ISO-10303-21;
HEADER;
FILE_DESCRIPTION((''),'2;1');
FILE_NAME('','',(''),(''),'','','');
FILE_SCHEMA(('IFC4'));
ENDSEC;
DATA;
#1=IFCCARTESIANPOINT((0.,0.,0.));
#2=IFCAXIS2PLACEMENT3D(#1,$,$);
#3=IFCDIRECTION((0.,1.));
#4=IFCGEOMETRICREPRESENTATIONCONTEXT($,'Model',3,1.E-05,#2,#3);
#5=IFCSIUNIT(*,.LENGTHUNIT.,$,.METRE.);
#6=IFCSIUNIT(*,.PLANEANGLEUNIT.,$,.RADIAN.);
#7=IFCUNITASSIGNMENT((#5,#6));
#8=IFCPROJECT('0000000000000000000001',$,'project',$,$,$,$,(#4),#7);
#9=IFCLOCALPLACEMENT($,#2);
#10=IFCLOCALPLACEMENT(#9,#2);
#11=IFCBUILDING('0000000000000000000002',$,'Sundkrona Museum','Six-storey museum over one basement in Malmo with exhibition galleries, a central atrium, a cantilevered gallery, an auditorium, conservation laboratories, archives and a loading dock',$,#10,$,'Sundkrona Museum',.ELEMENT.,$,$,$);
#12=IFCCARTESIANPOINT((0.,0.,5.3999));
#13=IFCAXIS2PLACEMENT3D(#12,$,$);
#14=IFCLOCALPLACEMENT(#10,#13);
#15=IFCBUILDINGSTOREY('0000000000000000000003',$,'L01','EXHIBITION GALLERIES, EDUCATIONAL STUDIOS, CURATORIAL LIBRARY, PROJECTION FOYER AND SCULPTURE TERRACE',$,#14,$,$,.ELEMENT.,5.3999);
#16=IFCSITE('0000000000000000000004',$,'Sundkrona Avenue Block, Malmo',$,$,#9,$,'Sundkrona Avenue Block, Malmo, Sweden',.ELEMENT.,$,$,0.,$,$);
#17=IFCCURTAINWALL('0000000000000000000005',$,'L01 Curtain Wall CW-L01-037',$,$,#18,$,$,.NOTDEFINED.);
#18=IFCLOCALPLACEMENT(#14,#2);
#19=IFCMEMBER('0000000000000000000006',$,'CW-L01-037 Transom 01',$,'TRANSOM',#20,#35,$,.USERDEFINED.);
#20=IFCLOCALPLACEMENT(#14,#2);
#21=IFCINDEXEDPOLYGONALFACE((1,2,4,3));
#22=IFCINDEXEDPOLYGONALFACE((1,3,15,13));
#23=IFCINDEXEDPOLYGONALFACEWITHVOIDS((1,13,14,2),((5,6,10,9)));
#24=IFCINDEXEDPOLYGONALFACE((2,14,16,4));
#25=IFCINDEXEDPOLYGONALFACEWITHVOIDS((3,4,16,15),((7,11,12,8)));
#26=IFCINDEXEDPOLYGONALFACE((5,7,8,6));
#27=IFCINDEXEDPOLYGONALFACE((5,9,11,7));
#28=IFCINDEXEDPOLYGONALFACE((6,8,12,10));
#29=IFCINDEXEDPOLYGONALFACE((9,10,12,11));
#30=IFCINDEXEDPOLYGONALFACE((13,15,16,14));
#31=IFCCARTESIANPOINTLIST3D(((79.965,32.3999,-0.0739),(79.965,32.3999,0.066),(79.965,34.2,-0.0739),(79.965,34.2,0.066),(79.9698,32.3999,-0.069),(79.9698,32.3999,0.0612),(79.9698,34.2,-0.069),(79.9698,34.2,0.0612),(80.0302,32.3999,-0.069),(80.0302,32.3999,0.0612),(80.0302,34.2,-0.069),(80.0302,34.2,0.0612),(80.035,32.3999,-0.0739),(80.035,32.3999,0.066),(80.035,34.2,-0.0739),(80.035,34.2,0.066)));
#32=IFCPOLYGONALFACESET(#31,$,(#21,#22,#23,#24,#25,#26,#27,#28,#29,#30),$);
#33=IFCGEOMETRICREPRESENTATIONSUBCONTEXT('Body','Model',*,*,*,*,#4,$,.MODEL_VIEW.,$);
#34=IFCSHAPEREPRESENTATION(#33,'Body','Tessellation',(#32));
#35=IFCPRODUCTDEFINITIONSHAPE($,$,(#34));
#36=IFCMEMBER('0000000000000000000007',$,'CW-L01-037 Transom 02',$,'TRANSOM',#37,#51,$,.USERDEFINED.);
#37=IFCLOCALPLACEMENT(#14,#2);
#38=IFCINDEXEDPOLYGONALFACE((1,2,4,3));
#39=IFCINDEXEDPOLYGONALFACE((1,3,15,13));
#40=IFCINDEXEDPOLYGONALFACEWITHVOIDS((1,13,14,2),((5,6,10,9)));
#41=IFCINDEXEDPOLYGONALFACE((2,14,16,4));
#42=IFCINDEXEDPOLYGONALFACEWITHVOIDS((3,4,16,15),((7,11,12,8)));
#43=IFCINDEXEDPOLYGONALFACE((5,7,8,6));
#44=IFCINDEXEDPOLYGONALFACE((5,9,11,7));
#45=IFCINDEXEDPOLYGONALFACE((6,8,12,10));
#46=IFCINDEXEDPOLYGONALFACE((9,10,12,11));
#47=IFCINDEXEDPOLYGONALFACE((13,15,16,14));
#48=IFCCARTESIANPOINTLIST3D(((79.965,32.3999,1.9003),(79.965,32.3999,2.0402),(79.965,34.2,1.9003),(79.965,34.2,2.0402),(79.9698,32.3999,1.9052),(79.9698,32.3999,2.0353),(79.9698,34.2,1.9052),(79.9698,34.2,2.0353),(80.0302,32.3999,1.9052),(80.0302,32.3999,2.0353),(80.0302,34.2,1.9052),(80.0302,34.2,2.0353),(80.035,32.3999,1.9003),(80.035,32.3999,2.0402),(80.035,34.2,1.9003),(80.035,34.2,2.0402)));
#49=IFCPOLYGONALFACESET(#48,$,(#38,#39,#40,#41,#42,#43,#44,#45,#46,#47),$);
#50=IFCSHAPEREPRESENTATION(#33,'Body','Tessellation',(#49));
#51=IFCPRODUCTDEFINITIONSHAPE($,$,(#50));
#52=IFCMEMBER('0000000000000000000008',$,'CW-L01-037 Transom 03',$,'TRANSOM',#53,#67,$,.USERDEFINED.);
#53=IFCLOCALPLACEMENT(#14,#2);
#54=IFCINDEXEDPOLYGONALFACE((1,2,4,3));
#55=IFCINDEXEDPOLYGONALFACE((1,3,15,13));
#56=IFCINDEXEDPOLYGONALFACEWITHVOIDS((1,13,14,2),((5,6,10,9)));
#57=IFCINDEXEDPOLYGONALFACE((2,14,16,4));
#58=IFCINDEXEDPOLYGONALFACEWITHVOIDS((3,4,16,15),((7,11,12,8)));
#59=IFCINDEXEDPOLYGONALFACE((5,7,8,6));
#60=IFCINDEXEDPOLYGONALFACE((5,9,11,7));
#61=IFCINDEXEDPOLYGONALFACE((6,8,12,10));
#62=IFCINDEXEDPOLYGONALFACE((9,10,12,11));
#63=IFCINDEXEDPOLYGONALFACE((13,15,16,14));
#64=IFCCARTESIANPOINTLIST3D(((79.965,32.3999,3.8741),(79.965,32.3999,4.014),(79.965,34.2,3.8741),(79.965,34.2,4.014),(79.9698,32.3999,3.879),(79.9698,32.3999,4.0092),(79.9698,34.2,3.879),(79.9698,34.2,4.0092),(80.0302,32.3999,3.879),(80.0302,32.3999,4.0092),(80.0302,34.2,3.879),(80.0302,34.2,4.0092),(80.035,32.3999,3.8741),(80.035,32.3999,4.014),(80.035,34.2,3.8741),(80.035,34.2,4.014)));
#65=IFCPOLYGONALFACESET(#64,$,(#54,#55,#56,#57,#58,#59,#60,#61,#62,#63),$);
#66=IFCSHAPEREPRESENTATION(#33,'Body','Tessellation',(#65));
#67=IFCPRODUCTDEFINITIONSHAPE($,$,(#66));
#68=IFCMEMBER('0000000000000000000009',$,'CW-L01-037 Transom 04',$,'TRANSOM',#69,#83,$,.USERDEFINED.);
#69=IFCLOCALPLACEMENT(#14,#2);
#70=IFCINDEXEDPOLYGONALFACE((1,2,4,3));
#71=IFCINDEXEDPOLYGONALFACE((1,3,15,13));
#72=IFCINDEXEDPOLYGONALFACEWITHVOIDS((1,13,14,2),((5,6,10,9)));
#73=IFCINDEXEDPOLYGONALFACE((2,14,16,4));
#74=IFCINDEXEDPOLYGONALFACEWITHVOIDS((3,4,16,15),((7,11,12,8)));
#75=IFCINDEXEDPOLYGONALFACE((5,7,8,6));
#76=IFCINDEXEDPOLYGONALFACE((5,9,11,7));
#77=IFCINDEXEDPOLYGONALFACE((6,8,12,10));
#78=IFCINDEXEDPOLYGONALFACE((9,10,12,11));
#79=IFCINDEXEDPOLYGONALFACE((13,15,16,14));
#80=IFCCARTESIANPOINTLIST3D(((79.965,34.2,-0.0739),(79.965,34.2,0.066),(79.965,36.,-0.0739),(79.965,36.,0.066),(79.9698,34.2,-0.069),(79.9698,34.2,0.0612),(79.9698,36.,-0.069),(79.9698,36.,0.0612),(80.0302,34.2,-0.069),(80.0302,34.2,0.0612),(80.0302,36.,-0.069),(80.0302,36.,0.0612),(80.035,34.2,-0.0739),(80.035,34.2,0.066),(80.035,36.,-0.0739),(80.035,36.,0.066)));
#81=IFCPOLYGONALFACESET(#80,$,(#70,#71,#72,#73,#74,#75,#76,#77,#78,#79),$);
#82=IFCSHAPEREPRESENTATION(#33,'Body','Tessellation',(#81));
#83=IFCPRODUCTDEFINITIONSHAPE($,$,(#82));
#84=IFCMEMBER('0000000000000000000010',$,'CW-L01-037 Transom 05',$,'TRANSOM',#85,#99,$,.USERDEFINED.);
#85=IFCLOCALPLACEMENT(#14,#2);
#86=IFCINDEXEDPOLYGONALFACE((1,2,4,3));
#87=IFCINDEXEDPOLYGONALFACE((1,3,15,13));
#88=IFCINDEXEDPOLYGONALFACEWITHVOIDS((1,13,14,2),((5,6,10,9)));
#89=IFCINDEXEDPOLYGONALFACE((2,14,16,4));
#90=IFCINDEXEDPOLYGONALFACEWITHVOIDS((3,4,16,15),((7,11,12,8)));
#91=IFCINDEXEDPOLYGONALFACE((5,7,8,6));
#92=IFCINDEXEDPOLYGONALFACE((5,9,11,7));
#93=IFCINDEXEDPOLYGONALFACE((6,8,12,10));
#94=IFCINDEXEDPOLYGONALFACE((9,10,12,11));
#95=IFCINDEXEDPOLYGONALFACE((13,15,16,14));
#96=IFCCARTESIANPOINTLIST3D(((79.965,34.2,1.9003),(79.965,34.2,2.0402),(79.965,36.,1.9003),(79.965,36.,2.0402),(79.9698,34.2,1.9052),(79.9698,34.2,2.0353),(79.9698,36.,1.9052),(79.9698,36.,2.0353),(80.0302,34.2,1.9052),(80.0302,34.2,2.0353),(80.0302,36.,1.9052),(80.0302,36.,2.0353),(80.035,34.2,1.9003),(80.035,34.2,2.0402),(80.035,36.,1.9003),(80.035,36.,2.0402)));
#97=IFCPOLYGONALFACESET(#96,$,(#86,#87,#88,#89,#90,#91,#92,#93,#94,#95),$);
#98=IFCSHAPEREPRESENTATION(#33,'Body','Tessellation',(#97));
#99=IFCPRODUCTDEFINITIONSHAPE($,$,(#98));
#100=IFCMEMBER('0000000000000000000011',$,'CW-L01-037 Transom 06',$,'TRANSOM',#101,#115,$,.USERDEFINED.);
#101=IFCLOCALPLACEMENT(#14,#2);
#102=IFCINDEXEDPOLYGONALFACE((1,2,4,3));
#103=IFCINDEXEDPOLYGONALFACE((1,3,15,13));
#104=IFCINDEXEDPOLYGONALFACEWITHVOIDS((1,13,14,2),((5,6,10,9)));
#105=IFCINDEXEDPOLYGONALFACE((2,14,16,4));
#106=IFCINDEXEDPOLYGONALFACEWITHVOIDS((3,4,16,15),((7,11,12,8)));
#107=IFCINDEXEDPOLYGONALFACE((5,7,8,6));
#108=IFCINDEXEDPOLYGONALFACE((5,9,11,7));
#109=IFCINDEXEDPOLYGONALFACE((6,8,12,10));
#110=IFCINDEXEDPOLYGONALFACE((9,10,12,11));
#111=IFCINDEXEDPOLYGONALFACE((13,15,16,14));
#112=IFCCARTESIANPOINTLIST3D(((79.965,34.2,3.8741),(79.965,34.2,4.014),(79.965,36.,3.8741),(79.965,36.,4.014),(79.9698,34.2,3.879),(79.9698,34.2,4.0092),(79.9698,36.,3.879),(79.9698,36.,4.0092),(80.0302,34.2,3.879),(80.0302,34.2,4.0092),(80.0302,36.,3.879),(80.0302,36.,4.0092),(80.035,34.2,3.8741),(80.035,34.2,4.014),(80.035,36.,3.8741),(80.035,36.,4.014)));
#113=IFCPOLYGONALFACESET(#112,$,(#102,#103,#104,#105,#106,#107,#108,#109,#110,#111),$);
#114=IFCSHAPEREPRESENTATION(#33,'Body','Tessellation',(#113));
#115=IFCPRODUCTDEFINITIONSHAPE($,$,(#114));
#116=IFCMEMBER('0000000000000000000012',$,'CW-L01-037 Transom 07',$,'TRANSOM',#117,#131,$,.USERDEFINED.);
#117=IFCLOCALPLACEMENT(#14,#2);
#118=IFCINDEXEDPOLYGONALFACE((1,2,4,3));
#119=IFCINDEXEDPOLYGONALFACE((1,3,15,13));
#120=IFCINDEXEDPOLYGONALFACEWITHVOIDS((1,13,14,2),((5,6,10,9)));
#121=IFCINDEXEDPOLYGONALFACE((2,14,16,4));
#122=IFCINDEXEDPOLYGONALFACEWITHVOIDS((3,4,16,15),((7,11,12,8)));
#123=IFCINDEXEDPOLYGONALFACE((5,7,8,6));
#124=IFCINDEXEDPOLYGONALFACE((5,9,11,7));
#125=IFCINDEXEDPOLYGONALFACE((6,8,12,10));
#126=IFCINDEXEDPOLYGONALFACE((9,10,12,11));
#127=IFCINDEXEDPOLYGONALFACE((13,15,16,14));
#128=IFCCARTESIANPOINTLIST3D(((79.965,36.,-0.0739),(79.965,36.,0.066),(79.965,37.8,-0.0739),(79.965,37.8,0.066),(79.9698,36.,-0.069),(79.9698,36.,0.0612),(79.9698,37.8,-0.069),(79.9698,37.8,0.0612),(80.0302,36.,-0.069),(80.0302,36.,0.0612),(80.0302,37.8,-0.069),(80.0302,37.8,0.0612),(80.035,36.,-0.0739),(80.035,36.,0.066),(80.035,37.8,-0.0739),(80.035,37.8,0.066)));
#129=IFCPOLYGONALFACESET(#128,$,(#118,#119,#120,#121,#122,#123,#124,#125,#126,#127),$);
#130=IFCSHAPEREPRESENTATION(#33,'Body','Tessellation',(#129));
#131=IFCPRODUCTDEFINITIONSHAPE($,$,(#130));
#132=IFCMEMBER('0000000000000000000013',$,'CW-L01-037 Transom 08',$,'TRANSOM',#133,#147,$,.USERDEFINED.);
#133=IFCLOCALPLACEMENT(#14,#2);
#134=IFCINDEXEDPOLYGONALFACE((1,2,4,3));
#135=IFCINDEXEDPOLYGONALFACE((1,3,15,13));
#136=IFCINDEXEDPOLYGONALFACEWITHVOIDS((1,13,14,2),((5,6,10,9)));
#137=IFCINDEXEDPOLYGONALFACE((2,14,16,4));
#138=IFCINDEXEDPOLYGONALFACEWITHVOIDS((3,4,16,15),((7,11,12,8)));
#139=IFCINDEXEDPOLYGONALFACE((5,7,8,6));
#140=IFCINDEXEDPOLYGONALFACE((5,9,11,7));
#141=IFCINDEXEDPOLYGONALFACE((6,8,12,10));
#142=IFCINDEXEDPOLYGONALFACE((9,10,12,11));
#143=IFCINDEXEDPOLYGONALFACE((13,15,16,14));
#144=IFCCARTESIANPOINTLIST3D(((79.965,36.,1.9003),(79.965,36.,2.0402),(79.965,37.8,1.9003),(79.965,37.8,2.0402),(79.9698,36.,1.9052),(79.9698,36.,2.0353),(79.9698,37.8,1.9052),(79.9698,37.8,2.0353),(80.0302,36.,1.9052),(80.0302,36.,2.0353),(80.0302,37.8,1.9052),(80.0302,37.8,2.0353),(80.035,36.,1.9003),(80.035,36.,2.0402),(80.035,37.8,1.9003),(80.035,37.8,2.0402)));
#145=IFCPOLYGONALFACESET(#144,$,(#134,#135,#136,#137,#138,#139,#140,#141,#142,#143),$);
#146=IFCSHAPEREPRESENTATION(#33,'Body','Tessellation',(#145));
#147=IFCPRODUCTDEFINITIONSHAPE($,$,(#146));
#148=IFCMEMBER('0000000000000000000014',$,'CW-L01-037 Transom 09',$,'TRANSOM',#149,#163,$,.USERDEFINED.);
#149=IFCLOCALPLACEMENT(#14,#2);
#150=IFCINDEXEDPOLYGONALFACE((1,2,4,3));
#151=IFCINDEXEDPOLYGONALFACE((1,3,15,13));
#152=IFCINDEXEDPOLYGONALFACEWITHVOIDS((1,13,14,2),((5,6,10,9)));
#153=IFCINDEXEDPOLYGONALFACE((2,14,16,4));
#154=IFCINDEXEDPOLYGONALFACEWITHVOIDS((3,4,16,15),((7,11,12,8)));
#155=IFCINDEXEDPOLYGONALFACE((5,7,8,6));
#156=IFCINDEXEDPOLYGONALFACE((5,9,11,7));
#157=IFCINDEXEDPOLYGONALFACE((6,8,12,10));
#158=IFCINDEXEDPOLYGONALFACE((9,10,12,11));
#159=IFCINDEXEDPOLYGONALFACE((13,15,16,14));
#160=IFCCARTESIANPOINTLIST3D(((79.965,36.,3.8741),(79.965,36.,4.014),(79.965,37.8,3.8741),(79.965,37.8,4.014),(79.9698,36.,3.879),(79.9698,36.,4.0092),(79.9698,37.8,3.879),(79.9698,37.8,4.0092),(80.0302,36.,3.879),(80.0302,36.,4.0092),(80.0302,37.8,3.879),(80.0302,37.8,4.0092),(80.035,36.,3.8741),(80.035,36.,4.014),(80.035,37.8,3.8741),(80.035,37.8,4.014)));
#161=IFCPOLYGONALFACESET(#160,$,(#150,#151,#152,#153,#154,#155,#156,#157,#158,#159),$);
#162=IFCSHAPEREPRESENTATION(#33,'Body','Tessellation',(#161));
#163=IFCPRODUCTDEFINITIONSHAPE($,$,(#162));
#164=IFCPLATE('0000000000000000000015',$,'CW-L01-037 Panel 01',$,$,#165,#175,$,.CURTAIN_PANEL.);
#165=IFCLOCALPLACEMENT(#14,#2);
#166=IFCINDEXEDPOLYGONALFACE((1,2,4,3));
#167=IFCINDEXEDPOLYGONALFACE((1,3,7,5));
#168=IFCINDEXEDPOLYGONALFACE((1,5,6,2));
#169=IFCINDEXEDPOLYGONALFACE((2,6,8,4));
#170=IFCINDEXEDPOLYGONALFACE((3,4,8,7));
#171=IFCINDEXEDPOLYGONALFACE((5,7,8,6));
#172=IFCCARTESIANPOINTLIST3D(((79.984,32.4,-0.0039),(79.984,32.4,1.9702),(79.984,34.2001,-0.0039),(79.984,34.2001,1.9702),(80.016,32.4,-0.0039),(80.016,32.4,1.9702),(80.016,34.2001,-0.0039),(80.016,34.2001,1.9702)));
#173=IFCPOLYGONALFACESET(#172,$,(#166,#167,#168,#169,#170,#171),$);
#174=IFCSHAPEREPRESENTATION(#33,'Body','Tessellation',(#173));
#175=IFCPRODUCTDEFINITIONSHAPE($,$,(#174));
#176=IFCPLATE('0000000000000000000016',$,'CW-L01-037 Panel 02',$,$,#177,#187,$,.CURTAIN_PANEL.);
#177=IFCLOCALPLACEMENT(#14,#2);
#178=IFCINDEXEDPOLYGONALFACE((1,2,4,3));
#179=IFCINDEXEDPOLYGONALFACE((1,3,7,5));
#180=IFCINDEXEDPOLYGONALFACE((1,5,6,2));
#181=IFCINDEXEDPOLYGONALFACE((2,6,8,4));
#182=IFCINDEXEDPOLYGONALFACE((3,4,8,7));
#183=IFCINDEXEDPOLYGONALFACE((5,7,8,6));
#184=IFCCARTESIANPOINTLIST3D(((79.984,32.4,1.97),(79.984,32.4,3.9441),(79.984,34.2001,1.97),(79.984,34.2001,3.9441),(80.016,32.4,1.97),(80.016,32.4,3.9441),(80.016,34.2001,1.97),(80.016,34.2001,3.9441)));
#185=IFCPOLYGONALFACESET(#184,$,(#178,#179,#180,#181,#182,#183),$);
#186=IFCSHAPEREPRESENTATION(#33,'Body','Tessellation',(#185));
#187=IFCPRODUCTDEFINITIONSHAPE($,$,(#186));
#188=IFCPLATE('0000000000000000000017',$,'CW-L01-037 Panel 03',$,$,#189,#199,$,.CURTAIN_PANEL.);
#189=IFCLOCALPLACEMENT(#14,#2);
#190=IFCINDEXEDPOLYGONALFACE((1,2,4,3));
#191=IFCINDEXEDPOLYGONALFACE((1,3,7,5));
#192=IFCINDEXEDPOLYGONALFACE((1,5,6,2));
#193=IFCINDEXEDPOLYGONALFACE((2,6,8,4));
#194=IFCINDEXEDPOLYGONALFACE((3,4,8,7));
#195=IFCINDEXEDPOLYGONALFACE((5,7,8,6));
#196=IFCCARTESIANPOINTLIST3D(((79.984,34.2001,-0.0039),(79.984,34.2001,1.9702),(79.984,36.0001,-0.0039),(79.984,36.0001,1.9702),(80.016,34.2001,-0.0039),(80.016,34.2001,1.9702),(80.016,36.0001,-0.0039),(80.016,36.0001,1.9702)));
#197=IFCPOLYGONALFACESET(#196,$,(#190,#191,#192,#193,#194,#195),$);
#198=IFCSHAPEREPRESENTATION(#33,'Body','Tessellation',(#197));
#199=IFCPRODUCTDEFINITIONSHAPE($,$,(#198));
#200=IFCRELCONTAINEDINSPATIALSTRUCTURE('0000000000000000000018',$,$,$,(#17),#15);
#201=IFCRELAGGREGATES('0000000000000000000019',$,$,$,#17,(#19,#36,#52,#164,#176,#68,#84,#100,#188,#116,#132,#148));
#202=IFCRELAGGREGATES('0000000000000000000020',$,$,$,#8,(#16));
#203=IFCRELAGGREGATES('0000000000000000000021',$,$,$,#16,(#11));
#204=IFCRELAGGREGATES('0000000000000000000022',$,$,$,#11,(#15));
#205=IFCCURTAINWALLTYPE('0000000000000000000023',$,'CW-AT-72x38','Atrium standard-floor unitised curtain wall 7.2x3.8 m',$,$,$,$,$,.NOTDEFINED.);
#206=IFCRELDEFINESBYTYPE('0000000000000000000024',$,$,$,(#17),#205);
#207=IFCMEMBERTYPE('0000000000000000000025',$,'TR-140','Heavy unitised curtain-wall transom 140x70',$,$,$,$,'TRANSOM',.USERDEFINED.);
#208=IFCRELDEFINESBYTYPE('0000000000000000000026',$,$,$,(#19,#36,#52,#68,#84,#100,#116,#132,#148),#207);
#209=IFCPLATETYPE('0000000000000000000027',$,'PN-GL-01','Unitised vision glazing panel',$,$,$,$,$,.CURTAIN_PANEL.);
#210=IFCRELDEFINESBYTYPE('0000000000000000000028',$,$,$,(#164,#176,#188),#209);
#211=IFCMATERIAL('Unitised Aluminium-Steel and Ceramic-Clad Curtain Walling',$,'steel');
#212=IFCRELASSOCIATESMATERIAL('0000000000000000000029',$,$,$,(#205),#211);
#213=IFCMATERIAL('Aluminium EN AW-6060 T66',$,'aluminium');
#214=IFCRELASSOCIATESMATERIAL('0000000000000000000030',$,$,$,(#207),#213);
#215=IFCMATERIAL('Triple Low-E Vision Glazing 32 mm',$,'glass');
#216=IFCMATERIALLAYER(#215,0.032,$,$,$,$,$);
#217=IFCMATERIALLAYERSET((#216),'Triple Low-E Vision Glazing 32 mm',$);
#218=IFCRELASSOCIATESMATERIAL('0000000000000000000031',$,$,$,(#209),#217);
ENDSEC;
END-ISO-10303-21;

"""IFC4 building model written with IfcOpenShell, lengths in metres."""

from ifc_helpers import new_model, si_unit, direction, frame, origin, origin_2d, place, context, subcontext, project, spatial, rectangle, hollow_rectangle, extrude, material, layer, layer_set, material_profile, profile_set, type_object, element, aggregate, save


model = new_model("IFC4")

# Units and contexts
model_context = context("Model", 3, precision=1e-05, world=origin(), true_north=direction((0.0, 1.0)))
body_context = subcontext(model_context, "Body", "Model", "MODEL_VIEW")
ifc_project = project(units=[si_unit("LENGTHUNIT", "METRE"), si_unit("PLANEANGLEUNIT", "RADIAN")], contexts=[model_context])

# Site, building, storey
site_placement = place(None, origin())
site = spatial("IfcSite", under=ifc_project, at=site_placement, Name="Sundkrona Avenue Block, Malmo", LongName="Sundkrona Avenue Block, Malmo, Sweden", CompositionType="ELEMENT", RefElevation=0.0)
building_placement = place(site_placement, origin())
building = spatial("IfcBuilding", under=site, at=building_placement, Name="Sundkrona Museum", Description="Six-storey museum over one basement in Malmo with exhibition galleries, a central atrium, a cantilevered gallery, an auditorium, conservation laboratories, archives and a loading dock", LongName="Sundkrona Museum", CompositionType="ELEMENT")
storey_placement = place(building_placement, frame((0.0, 0.0, 5.3999)))
storey = spatial("IfcBuildingStorey", under=building, at=storey_placement, Name="L01", Description="EXHIBITION GALLERIES, EDUCATIONAL STUDIOS, CURATORIAL LIBRARY, PROJECTION FOYER AND SCULPTURE TERRACE", CompositionType="ELEMENT", Elevation=5.3999)

# Curtain wall
ifc_material_1 = material(Name="Unitised Aluminium-Steel and Ceramic-Clad Curtain Walling", Category="steel")
curtain_wall_type = type_object("IfcCurtainWallType", Name="CW-AT-72x38", Description="Atrium standard-floor unitised curtain wall 7.2x3.8 m", PredefinedType="NOTDEFINED", material=ifc_material_1)
curtain_wall_placement = place(storey_placement, origin())
curtain_wall = element("IfcCurtainWall", 1, at=curtain_wall_placement, inside=storey, type_object=curtain_wall_type, Name="L01 Curtain Wall CW-L01-037", PredefinedType="NOTDEFINED")
ifc_material_2 = material(Name="Aluminium EN AW-6060 T66", Category="aluminium")

# Members
ifc_material_profile_1 = material_profile(ifc_material_2, hollow_rectangle(XDim=0.0701, YDim=0.1399, WallThickness=0.0049, at=origin_2d()), Name="RHS 140x70x5.0")
ifc_profile_set_1 = profile_set([ifc_material_profile_1], Name="Aluminium EN AW-6060 T66")
member_type_1 = type_object("IfcMemberType", Name="TR-140", Description="Heavy unitised curtain-wall transom 140x70", ElementType="TRANSOM", PredefinedType="USERDEFINED", material=ifc_profile_set_1)
member_1_placement = place(storey_placement, frame((80.0, 32.3999, -0.0039), z_axis=(0.0, 1.0, 0.0), x_axis=(-1.0, 0.0, 0.0)))
member_1 = element("IfcMember", 2, at=member_1_placement, type_object=member_type_1, Name="CW-L01-037 Transom 01", ObjectType="TRANSOM", PredefinedType="USERDEFINED", context=body_context, shape_type="SweptSolid", body=[
    extrude(hollow_rectangle(XDim=0.0701, YDim=0.1399, WallThickness=0.0049, at=origin_2d()), origin(), (0.0, 0.0, 1.0), 1.8),
])
member_2_placement = place(storey_placement, frame((80.0, 32.3999, 1.9702), z_axis=(0.0, 1.0, 0.0), x_axis=(-1.0, 0.0, 0.0)))
member_2 = element("IfcMember", 3, at=member_2_placement, type_object=member_type_1, Name="CW-L01-037 Transom 02", ObjectType="TRANSOM", PredefinedType="USERDEFINED", context=body_context, shape_type="SweptSolid", body=[
    extrude(hollow_rectangle(XDim=0.0701, YDim=0.1399, WallThickness=0.0049, at=origin_2d()), origin(), (0.0, 0.0, 1.0), 1.8),
])
member_3_placement = place(storey_placement, frame((80.0, 32.3999, 3.9441), z_axis=(0.0, 1.0, 0.0), x_axis=(-1.0, 0.0, 0.0)))
member_3 = element("IfcMember", 4, at=member_3_placement, type_object=member_type_1, Name="CW-L01-037 Transom 03", ObjectType="TRANSOM", PredefinedType="USERDEFINED", context=body_context, shape_type="SweptSolid", body=[
    extrude(hollow_rectangle(XDim=0.0701, YDim=0.1399, WallThickness=0.0049, at=origin_2d()), origin(), (0.0, 0.0, 1.0), 1.8),
])
member_4_placement = place(storey_placement, frame((80.0, 34.2, -0.0039), z_axis=(0.0, 1.0, 0.0), x_axis=(-1.0, 0.0, 0.0)))
member_4 = element("IfcMember", 5, at=member_4_placement, type_object=member_type_1, Name="CW-L01-037 Transom 04", ObjectType="TRANSOM", PredefinedType="USERDEFINED", context=body_context, shape_type="SweptSolid", body=[
    extrude(hollow_rectangle(XDim=0.0701, YDim=0.1399, WallThickness=0.0049, at=origin_2d()), origin(), (0.0, 0.0, 1.0), 1.8),
])
member_5_placement = place(storey_placement, frame((80.0, 34.2, 1.9702), z_axis=(0.0, 1.0, 0.0), x_axis=(-1.0, 0.0, 0.0)))
member_5 = element("IfcMember", 6, at=member_5_placement, type_object=member_type_1, Name="CW-L01-037 Transom 05", ObjectType="TRANSOM", PredefinedType="USERDEFINED", context=body_context, shape_type="SweptSolid", body=[
    extrude(hollow_rectangle(XDim=0.0701, YDim=0.1399, WallThickness=0.0049, at=origin_2d()), origin(), (0.0, 0.0, 1.0), 1.8),
])
member_6_placement = place(storey_placement, frame((80.0, 34.2, 3.9441), z_axis=(0.0, 1.0, 0.0), x_axis=(-1.0, 0.0, 0.0)))
member_6 = element("IfcMember", 7, at=member_6_placement, type_object=member_type_1, Name="CW-L01-037 Transom 06", ObjectType="TRANSOM", PredefinedType="USERDEFINED", context=body_context, shape_type="SweptSolid", body=[
    extrude(hollow_rectangle(XDim=0.0701, YDim=0.1399, WallThickness=0.0049, at=origin_2d()), origin(), (0.0, 0.0, 1.0), 1.8),
])
member_7_placement = place(storey_placement, frame((80.0, 36.0, -0.0039), z_axis=(0.0, 1.0, 0.0), x_axis=(-1.0, 0.0, 0.0)))
member_7 = element("IfcMember", 8, at=member_7_placement, type_object=member_type_1, Name="CW-L01-037 Transom 07", ObjectType="TRANSOM", PredefinedType="USERDEFINED", context=body_context, shape_type="SweptSolid", body=[
    extrude(hollow_rectangle(XDim=0.0701, YDim=0.1399, WallThickness=0.0049, at=origin_2d()), origin(), (0.0, 0.0, 1.0), 1.8),
])
member_8_placement = place(storey_placement, frame((80.0, 36.0, 1.9702), z_axis=(0.0, 1.0, 0.0), x_axis=(-1.0, 0.0, 0.0)))
member_8 = element("IfcMember", 9, at=member_8_placement, type_object=member_type_1, Name="CW-L01-037 Transom 08", ObjectType="TRANSOM", PredefinedType="USERDEFINED", context=body_context, shape_type="SweptSolid", body=[
    extrude(hollow_rectangle(XDim=0.0701, YDim=0.1399, WallThickness=0.0049, at=origin_2d()), origin(), (0.0, 0.0, 1.0), 1.8),
])
member_9_placement = place(storey_placement, frame((80.0, 36.0, 3.9441), z_axis=(0.0, 1.0, 0.0), x_axis=(-1.0, 0.0, 0.0)))
member_9 = element("IfcMember", 10, at=member_9_placement, type_object=member_type_1, Name="CW-L01-037 Transom 09", ObjectType="TRANSOM", PredefinedType="USERDEFINED", context=body_context, shape_type="SweptSolid", body=[
    extrude(hollow_rectangle(XDim=0.0701, YDim=0.1399, WallThickness=0.0049, at=origin_2d()), origin(), (0.0, 0.0, 1.0), 1.8),
])

# Plates
ifc_material_3 = material(Name="Triple Low-E Vision Glazing 32 mm", Category="glass")
ifc_layer = layer(ifc_material_3, 0.032)
ifc_layer_set = layer_set([ifc_layer], Name="Triple Low-E Vision Glazing 32 mm")
plate_type = type_object("IfcPlateType", Name="PN-GL-01", Description="Unitised vision glazing panel", PredefinedType="CURTAIN_PANEL", material=ifc_layer_set)
plate_1_placement = place(storey_placement, frame((80.0, 33.3, -0.0039), z_axis=(0.0, 0.0, 1.0), x_axis=(0.0, 1.0, 0.0)))
plate_1 = element("IfcPlate", 11, at=plate_1_placement, type_object=plate_type, Name="CW-L01-037 Panel 01", PredefinedType="CURTAIN_PANEL", context=body_context, shape_type="SweptSolid", body=[
    extrude(rectangle(XDim=1.8, YDim=0.032, at=origin_2d()), origin(), (0.0, 0.0, 1.0), 1.9741),
])
plate_2_placement = place(storey_placement, frame((80.0, 33.3, 1.97), z_axis=(0.0, 0.0, 1.0), x_axis=(0.0, 1.0, 0.0)))
plate_2 = element("IfcPlate", 12, at=plate_2_placement, type_object=plate_type, Name="CW-L01-037 Panel 02", PredefinedType="CURTAIN_PANEL", context=body_context, shape_type="SweptSolid", body=[
    extrude(rectangle(XDim=1.8, YDim=0.032, at=origin_2d()), origin(), (0.0, 0.0, 1.0), 1.9741),
])
plate_3_placement = place(storey_placement, frame((80.0, 35.1001, -0.0039), z_axis=(0.0, 0.0, 1.0), x_axis=(0.0, 1.0, 0.0)))
plate_3 = element("IfcPlate", 13, at=plate_3_placement, type_object=plate_type, Name="CW-L01-037 Panel 03", PredefinedType="CURTAIN_PANEL", context=body_context, shape_type="SweptSolid", body=[
    extrude(rectangle(XDim=1.8, YDim=0.032, at=origin_2d()), origin(), (0.0, 0.0, 1.0), 1.9741),
])
aggregate(curtain_wall, [member_1, member_2, member_3, plate_1, plate_2, member_4, member_5, member_6, plate_3, member_7, member_8, member_9])

save(model, "model.ifc")
